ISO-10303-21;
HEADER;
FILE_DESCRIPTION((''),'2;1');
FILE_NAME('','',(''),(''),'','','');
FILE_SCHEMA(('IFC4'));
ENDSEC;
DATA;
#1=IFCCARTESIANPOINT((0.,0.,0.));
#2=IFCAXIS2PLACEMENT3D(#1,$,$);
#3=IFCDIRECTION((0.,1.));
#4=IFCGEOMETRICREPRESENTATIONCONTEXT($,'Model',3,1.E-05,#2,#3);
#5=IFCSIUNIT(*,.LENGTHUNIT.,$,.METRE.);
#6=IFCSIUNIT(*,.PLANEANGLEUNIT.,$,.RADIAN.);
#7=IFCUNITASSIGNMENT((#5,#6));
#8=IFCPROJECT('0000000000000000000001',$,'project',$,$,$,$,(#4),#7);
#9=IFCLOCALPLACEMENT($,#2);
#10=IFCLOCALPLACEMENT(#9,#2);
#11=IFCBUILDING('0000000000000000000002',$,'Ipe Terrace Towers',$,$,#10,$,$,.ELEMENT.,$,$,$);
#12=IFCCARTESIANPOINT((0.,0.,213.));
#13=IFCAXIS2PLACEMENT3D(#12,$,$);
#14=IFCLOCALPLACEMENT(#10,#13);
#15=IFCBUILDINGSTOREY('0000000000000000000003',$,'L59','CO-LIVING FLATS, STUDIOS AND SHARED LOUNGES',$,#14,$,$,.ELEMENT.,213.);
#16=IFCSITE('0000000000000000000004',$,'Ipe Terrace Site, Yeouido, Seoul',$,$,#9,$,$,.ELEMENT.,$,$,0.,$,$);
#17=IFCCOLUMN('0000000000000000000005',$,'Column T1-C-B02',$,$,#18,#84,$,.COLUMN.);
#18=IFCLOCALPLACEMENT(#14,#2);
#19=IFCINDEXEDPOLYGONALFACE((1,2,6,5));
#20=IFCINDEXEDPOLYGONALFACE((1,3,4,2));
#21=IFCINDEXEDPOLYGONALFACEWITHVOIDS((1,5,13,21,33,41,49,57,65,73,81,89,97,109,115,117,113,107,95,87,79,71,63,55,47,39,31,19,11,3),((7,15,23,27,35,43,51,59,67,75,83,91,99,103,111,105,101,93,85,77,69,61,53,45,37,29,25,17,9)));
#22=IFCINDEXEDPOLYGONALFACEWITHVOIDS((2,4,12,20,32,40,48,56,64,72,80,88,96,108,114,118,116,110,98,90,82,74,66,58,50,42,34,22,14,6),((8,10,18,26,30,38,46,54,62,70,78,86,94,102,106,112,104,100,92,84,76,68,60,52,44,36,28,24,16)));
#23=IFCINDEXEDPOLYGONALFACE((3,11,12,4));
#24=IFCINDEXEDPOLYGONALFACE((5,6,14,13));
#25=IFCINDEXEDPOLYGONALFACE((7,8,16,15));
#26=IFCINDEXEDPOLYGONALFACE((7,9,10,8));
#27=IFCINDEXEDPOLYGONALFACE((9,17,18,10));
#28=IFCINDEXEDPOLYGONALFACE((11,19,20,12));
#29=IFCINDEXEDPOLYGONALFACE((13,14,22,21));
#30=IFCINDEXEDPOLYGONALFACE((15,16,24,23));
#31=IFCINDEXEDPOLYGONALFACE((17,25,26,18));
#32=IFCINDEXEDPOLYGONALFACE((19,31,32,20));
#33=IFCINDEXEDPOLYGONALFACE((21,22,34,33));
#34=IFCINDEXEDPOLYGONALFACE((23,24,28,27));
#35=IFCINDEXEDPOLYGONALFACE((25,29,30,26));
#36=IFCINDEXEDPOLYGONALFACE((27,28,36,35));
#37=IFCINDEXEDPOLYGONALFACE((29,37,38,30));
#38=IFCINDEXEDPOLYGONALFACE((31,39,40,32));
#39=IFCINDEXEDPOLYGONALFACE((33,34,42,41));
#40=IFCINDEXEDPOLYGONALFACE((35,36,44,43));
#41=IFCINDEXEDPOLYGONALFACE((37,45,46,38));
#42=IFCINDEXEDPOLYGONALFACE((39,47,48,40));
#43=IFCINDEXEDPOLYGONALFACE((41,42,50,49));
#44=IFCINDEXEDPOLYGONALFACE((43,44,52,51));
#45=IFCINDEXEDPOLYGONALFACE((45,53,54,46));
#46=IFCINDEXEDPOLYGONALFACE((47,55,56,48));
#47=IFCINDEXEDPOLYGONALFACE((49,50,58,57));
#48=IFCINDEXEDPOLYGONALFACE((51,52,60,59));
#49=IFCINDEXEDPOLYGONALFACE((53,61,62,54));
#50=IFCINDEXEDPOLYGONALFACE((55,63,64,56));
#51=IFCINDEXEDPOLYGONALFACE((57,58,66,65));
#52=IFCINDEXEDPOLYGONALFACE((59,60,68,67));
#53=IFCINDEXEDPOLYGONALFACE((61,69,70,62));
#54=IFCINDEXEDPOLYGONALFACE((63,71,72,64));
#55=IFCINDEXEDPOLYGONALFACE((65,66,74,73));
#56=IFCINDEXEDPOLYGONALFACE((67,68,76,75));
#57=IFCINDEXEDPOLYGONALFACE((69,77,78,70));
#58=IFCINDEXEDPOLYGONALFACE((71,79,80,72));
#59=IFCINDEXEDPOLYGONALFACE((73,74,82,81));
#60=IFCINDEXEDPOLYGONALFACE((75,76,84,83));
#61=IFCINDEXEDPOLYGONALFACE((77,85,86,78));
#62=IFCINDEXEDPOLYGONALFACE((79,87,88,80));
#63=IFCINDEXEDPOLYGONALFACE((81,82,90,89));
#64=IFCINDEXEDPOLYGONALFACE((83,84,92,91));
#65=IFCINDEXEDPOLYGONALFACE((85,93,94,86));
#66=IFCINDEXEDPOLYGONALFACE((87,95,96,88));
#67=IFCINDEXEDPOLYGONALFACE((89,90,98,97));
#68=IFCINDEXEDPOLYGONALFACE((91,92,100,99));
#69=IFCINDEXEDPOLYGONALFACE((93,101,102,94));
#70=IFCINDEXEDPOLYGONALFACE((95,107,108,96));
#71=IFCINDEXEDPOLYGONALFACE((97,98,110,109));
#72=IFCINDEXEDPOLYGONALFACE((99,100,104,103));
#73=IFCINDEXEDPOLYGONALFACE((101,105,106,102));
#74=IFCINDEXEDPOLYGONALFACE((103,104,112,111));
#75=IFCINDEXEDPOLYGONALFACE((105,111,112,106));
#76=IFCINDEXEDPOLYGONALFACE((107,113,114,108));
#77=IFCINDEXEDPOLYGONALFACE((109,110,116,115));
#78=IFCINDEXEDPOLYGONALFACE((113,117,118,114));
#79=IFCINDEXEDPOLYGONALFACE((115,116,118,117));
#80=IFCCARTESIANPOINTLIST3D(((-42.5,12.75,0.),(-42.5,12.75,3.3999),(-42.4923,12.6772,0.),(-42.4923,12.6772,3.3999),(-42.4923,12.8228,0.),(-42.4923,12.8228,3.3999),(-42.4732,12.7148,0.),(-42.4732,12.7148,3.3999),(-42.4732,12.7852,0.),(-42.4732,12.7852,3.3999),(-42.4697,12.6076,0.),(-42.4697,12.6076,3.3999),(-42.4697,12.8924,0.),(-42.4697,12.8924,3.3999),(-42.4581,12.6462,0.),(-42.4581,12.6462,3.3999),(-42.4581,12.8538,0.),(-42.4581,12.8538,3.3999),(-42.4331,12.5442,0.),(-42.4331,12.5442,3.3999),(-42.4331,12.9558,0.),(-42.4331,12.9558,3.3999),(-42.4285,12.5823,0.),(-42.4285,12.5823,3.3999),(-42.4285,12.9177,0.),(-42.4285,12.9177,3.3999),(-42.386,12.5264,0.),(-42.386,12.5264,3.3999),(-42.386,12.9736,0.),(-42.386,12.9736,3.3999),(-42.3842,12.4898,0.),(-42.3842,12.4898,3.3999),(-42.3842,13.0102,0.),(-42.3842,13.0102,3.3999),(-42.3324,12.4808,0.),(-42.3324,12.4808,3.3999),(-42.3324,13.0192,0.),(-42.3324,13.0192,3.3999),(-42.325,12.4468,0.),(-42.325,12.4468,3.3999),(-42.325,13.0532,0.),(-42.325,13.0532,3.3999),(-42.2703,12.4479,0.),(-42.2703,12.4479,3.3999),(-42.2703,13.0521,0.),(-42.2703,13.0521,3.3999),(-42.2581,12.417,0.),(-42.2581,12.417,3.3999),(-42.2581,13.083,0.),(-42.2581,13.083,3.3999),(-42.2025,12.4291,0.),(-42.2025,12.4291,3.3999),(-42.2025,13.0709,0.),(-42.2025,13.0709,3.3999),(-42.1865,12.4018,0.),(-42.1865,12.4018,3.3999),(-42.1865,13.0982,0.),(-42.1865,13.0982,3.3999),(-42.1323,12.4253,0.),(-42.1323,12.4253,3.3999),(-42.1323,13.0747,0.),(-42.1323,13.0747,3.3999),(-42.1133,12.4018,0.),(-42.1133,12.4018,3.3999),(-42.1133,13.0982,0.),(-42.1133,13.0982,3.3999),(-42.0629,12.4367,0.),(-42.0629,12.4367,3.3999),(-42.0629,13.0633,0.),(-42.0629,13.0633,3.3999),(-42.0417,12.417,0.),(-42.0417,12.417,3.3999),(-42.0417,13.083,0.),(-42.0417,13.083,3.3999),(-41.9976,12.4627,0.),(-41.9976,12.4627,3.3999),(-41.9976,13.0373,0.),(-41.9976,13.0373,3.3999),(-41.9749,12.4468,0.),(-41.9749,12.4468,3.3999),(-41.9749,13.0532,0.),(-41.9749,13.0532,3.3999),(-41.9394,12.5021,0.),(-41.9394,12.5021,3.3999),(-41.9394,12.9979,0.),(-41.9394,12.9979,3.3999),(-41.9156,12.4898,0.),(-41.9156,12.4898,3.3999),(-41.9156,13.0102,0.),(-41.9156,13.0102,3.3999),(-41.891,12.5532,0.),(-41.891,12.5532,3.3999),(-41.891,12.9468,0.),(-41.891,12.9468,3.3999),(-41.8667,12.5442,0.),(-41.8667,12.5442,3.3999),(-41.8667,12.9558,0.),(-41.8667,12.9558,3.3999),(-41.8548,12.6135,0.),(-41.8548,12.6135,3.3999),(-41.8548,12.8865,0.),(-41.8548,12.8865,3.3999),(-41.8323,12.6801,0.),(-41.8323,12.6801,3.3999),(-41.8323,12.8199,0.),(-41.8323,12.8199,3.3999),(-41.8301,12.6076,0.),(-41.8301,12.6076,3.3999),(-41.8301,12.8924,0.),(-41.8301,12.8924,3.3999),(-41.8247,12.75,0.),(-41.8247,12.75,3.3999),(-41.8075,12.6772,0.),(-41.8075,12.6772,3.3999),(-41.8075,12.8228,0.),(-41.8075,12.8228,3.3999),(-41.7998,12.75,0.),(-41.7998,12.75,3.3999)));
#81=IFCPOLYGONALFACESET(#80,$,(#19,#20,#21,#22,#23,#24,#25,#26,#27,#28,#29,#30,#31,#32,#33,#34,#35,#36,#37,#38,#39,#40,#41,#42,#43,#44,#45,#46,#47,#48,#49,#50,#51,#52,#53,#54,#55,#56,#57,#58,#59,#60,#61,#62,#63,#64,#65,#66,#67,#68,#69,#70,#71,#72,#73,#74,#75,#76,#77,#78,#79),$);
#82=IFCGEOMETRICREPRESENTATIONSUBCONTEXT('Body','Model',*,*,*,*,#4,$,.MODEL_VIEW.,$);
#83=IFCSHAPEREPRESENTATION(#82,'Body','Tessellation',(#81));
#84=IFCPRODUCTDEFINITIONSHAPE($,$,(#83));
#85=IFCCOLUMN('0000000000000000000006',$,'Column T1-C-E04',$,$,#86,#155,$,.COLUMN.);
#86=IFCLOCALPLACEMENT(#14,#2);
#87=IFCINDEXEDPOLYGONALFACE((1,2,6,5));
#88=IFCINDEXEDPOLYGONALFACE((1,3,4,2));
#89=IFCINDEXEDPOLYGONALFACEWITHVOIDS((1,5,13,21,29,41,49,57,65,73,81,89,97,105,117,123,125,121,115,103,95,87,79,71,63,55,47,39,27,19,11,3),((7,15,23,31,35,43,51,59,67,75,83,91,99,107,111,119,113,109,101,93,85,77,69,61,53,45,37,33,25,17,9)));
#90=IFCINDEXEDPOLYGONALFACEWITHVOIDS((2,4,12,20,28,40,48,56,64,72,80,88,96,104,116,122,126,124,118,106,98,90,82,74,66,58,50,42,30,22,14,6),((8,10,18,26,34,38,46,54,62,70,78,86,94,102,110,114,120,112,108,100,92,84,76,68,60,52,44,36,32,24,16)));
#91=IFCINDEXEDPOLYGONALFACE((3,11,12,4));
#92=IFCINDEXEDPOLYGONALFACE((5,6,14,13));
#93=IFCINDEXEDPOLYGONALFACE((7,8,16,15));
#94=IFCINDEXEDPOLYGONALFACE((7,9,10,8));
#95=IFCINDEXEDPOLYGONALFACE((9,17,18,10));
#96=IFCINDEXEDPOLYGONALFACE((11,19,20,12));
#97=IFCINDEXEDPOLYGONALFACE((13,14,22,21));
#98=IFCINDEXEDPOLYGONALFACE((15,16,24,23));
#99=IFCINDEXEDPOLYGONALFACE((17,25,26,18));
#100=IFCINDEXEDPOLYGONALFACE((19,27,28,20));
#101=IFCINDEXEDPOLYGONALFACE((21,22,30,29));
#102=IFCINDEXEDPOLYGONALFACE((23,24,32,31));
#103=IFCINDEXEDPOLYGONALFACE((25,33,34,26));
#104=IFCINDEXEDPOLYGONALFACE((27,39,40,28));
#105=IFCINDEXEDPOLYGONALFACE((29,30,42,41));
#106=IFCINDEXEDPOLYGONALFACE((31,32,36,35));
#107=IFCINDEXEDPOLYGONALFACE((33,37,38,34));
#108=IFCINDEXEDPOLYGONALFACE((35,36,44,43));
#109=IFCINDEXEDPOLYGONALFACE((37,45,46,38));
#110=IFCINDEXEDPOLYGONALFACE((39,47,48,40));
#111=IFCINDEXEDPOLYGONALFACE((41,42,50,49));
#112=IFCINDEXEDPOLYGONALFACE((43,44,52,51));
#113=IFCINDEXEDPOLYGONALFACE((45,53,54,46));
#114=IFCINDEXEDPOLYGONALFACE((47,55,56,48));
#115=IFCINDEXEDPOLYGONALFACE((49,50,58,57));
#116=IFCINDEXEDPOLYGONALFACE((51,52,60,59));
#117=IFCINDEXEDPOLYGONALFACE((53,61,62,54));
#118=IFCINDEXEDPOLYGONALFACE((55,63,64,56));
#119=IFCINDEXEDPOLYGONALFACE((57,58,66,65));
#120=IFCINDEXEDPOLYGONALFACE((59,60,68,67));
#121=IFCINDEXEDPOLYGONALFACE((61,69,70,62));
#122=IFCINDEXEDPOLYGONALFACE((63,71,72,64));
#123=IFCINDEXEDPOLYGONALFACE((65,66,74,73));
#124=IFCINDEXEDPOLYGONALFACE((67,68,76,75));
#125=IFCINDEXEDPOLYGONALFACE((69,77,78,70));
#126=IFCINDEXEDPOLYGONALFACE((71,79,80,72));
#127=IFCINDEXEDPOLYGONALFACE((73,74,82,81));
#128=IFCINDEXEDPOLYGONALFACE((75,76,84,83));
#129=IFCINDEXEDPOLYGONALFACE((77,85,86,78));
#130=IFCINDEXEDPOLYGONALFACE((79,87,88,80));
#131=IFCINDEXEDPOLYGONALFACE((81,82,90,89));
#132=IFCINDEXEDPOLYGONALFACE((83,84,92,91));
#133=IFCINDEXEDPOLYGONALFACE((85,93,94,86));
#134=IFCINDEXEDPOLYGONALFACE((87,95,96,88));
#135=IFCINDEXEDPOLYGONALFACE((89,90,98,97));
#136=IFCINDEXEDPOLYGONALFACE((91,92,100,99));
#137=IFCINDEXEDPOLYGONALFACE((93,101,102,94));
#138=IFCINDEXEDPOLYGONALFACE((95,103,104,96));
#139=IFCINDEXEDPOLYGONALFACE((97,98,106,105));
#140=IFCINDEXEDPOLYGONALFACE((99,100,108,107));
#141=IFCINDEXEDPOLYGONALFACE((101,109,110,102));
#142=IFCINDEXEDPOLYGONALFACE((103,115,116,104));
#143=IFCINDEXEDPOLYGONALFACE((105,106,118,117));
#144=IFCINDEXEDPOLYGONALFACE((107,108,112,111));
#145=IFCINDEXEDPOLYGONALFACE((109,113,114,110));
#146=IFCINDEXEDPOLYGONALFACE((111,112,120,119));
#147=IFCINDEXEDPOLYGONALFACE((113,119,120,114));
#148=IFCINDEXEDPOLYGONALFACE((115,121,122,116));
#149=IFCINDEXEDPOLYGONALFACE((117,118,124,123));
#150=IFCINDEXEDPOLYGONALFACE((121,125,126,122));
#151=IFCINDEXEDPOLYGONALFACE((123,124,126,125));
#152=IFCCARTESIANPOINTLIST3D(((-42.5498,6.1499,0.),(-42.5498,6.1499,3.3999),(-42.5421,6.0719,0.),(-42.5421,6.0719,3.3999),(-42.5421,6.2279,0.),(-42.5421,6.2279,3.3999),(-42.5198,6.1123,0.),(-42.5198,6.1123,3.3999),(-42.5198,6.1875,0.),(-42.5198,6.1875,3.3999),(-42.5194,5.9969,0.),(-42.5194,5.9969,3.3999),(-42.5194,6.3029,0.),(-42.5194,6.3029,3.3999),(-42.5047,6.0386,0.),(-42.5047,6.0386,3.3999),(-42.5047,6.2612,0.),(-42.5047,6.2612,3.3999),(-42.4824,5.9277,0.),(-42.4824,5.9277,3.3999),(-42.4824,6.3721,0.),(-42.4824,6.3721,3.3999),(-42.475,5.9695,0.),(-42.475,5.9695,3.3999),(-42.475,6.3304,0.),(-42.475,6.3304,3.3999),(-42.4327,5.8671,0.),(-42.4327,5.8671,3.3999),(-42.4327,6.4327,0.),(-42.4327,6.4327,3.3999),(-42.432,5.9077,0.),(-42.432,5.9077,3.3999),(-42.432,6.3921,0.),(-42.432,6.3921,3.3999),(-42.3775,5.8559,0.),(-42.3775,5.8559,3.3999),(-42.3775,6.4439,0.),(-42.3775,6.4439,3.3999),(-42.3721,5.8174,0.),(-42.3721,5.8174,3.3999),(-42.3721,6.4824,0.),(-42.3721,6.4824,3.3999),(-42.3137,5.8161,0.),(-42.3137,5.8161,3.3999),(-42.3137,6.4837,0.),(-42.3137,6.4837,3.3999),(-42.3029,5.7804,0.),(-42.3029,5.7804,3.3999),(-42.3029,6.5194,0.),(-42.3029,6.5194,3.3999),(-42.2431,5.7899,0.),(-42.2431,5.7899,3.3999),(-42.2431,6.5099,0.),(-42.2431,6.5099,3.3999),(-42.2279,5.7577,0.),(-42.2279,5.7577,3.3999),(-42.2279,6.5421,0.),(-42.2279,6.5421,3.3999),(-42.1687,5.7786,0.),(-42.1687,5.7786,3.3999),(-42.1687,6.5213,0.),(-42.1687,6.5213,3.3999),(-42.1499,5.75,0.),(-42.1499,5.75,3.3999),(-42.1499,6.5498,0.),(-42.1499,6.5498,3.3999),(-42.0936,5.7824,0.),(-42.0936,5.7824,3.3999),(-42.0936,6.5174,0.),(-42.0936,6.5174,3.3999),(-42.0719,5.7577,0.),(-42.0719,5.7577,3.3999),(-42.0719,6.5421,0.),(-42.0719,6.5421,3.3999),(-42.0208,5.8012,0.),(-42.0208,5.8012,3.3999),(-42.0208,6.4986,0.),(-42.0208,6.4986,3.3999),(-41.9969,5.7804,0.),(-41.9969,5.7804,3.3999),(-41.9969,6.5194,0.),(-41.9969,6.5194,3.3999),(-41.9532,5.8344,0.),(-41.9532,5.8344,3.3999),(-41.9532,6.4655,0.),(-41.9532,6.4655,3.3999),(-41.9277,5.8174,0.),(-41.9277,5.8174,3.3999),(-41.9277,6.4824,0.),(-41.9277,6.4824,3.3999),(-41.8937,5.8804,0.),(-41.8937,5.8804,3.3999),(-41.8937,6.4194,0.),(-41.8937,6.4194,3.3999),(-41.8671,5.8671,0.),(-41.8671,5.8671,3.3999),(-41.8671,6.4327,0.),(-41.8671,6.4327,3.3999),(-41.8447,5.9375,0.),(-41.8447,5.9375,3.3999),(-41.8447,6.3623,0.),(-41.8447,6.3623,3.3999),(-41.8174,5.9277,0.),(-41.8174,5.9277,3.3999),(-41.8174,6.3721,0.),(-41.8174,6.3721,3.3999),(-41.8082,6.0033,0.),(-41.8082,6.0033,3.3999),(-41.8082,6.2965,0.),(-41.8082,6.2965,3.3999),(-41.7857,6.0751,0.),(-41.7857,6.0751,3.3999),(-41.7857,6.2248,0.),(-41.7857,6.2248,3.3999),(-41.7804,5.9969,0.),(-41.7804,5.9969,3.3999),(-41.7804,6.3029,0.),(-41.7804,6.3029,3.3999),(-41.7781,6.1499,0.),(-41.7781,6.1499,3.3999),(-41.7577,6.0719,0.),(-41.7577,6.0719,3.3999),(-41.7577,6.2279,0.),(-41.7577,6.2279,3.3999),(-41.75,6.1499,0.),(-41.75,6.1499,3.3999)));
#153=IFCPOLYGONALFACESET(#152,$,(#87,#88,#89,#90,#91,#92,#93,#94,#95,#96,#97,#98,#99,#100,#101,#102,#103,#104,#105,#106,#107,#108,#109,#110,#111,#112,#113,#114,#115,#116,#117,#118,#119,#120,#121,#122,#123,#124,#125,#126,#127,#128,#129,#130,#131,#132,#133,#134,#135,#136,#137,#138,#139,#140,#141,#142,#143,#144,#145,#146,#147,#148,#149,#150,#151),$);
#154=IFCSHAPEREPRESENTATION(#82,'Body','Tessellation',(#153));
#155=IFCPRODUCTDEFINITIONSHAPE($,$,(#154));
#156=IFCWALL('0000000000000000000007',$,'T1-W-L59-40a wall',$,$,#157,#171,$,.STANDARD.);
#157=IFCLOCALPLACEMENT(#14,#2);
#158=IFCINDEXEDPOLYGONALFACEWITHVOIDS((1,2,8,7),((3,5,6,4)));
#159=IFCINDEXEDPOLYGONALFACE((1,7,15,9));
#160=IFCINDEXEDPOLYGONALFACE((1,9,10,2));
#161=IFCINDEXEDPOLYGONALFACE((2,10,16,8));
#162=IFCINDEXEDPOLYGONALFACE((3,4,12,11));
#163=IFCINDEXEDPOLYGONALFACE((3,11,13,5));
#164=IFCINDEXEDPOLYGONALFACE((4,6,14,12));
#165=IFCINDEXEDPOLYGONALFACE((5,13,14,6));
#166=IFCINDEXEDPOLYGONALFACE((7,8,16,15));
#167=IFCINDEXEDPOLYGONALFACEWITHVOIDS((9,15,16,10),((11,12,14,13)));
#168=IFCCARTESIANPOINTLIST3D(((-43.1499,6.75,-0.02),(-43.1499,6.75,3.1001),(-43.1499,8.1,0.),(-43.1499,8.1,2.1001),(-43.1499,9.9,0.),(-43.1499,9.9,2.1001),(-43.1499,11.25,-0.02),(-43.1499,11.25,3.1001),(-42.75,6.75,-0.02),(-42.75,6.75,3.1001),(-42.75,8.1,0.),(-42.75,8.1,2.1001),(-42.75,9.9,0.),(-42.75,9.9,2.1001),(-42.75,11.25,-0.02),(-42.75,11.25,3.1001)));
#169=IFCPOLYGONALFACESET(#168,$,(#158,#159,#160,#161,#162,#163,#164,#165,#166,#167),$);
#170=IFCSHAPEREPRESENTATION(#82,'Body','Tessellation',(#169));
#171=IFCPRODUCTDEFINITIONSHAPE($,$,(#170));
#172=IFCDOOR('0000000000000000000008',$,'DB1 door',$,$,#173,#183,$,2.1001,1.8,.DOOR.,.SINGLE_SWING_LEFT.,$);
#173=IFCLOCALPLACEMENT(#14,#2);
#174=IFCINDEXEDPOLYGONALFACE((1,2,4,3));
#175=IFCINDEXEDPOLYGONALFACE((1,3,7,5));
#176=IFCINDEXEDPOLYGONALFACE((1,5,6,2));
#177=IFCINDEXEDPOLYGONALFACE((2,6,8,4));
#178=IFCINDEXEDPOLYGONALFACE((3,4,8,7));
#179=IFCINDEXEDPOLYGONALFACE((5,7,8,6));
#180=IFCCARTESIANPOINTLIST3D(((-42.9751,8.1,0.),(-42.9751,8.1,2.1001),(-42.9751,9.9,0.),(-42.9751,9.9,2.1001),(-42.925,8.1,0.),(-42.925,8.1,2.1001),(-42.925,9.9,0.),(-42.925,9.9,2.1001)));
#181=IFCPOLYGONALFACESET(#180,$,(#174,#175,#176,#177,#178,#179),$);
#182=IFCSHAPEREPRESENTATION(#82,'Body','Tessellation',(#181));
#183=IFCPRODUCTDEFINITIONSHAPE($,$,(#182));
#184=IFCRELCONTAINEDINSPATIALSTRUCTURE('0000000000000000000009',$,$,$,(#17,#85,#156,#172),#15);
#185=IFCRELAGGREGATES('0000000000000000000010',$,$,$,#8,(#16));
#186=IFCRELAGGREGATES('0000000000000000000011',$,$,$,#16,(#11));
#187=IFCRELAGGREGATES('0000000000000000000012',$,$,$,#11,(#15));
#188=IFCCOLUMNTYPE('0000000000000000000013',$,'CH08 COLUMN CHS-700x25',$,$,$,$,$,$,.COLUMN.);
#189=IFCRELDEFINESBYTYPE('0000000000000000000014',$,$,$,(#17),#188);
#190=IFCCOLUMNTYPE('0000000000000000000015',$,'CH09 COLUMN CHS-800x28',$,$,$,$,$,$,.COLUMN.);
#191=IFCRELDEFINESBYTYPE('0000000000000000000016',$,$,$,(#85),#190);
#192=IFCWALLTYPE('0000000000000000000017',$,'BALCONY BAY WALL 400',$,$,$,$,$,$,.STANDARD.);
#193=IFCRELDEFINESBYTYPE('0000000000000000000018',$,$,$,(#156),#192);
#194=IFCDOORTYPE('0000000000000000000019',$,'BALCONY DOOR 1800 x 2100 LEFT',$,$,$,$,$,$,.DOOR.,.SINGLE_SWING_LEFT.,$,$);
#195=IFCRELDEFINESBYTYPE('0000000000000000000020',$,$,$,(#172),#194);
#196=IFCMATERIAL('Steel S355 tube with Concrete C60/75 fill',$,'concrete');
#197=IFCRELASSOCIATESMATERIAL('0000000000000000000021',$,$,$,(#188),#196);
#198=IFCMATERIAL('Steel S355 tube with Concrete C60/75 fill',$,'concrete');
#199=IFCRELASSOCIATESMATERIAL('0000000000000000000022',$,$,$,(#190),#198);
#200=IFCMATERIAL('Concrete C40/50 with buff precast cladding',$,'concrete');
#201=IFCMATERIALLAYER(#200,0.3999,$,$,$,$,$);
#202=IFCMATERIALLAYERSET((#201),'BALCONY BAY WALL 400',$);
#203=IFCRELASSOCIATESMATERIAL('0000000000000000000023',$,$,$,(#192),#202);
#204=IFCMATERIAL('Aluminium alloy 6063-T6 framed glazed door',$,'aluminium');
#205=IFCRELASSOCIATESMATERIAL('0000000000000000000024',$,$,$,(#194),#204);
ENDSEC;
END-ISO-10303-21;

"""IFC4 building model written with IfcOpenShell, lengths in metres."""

from ifc_helpers import new_model, si_unit, direction, frame, frame_2d, origin, origin_2d, place, context, subcontext, project, spatial, rectangle, hollow_circle, extrude, material, layer, layer_set, material_profile, profile_set, type_object, element, fill, save


model = new_model("IFC4")

# Units and contexts
model_context = context("Model", 3, precision=1e-05, world=origin(), true_north=direction((0.0, 1.0)))
body_context = subcontext(model_context, "Body", "Model", "MODEL_VIEW")
ifc_project = project(units=[si_unit("LENGTHUNIT", "METRE"), si_unit("PLANEANGLEUNIT", "RADIAN")], contexts=[model_context])

# Site, building, storey
site_placement = place(None, origin())
site = spatial("IfcSite", under=ifc_project, at=site_placement, Name="Ipe Terrace Site, Yeouido, Seoul", CompositionType="ELEMENT", RefElevation=0.0)
building_placement = place(site_placement, origin())
building = spatial("IfcBuilding", under=site, at=building_placement, Name="Ipe Terrace Towers", CompositionType="ELEMENT")
storey_placement = place(building_placement, frame((0.0, 0.0, 213.0)))
storey = spatial("IfcBuildingStorey", under=building, at=storey_placement, Name="L59", Description="CO-LIVING FLATS, STUDIOS AND SHARED LOUNGES", CompositionType="ELEMENT", Elevation=213.0)

# Columns
ifc_material_1 = material(Name="Steel S355 tube with Concrete C60/75 fill", Category="concrete")
ifc_material_profile_1 = material_profile(ifc_material_1, hollow_circle(Radius=0.3501, WallThickness=0.0249, at=origin_2d()), Name="CHS-700x25")
ifc_profile_set_1 = profile_set([ifc_material_profile_1], Name="Steel S355 tube with Concrete C60/75 fill")
column_type_1 = type_object("IfcColumnType", Name="CH08 COLUMN CHS-700x25", PredefinedType="COLUMN", material=ifc_profile_set_1)
column_1_placement = place(storey_placement, frame((-42.1499, 12.75, 0.0), z_axis=(0.0, 0.0, 1.0), x_axis=(1.0, 0.0, 0.0)))
element("IfcColumn", 1, at=column_1_placement, inside=storey, type_object=column_type_1, Name="Column T1-C-B02", PredefinedType="COLUMN", context=body_context, shape_type="SweptSolid", body=[
    extrude(hollow_circle(Radius=0.3501, WallThickness=0.0249, at=origin_2d()), origin(), (0.0, 0.0, 1.0), 3.3999),
])
ifc_material_2 = material(Name="Steel S355 tube with Concrete C60/75 fill", Category="concrete")
ifc_material_profile_2 = material_profile(ifc_material_2, hollow_circle(Radius=0.3999, WallThickness=0.0281, at=origin_2d()), Name="CHS-800x28")
ifc_profile_set_2 = profile_set([ifc_material_profile_2], Name="Steel S355 tube with Concrete C60/75 fill")
column_type_2 = type_object("IfcColumnType", Name="CH09 COLUMN CHS-800x28", PredefinedType="COLUMN", material=ifc_profile_set_2)
column_2_placement = place(storey_placement, frame((-42.1499, 6.1499, 0.0), z_axis=(0.0, 0.0, 1.0), x_axis=(1.0, 0.0, 0.0)))
element("IfcColumn", 2, at=column_2_placement, inside=storey, type_object=column_type_2, Name="Column T1-C-E04", PredefinedType="COLUMN", context=body_context, shape_type="SweptSolid", body=[
    extrude(hollow_circle(Radius=0.3999, WallThickness=0.0281, at=origin_2d()), origin(), (0.0, 0.0, 1.0), 3.3999),
])

# Wall, opening, door
ifc_material_3 = material(Name="Concrete C40/50 with buff precast cladding", Category="concrete")
ifc_layer_1 = layer(ifc_material_3, 0.3999)
ifc_layer_set_1 = layer_set([ifc_layer_1], Name="BALCONY BAY WALL 400")
wall_type_1 = type_object("IfcWallType", Name="BALCONY BAY WALL 400", PredefinedType="STANDARD", material=ifc_layer_set_1)
wall_1_placement = place(storey_placement, frame((-42.95, 11.25, -0.02), z_axis=(0.0, 0.0, 1.0), x_axis=(0.0, -1.0, 0.0)))
wall_1 = element("IfcWall", 3, at=wall_1_placement, inside=storey, type_object=wall_type_1, Name="T1-W-L59-40a wall", PredefinedType="STANDARD", context=body_context, shape_type="SweptSolid", body=[
    extrude(rectangle(XDim=4.5, YDim=0.3999, at=frame_2d((2.25, 0.0))), origin(), (0.0, 0.0, 1.0), 3.1201),
])
opening_1_placement = place(wall_1_placement, frame((1.3501, 0.0, 0.02)))
opening_1 = element("IfcOpeningElement", 4, at=opening_1_placement, cuts=wall_1, PredefinedType="OPENING", context=body_context, shape_type="SweptSolid", body=[
    extrude(rectangle(XDim=1.8, YDim=2.1001, at=frame_2d((0.8999, 1.05))), frame((0.0, 0.21, 0.0), z_axis=(0.0, -1.0, 0.0), x_axis=(1.0, 0.0, 0.0)), (0.0, 0.0, 1.0), 0.4199),
])
ifc_material_4 = material(Name="Aluminium alloy 6063-T6 framed glazed door", Category="aluminium")
door_type_1 = type_object("IfcDoorType", Name="BALCONY DOOR 1800 x 2100 LEFT", OperationType="SINGLE_SWING_LEFT", PredefinedType="DOOR", material=ifc_material_4)
door_1_placement = place(opening_1_placement, origin())
door_1 = element("IfcDoor", 5, at=door_1_placement, inside=storey, type_object=door_type_1, Name="DB1 door", OperationType="SINGLE_SWING_LEFT", OverallHeight=2.1001, OverallWidth=1.8, PredefinedType="DOOR", context=body_context, shape_type="SweptSolid", body=[
    extrude(rectangle(XDim=1.8, YDim=2.1001, at=frame_2d((0.8999, 1.05))), frame((0.0, 0.0249, 0.0), z_axis=(0.0, -1.0, 0.0), x_axis=(1.0, 0.0, 0.0)), (0.0, 0.0, 1.0), 0.05),
])
fill(opening_1, door_1)

save(model, "model.ifc")
